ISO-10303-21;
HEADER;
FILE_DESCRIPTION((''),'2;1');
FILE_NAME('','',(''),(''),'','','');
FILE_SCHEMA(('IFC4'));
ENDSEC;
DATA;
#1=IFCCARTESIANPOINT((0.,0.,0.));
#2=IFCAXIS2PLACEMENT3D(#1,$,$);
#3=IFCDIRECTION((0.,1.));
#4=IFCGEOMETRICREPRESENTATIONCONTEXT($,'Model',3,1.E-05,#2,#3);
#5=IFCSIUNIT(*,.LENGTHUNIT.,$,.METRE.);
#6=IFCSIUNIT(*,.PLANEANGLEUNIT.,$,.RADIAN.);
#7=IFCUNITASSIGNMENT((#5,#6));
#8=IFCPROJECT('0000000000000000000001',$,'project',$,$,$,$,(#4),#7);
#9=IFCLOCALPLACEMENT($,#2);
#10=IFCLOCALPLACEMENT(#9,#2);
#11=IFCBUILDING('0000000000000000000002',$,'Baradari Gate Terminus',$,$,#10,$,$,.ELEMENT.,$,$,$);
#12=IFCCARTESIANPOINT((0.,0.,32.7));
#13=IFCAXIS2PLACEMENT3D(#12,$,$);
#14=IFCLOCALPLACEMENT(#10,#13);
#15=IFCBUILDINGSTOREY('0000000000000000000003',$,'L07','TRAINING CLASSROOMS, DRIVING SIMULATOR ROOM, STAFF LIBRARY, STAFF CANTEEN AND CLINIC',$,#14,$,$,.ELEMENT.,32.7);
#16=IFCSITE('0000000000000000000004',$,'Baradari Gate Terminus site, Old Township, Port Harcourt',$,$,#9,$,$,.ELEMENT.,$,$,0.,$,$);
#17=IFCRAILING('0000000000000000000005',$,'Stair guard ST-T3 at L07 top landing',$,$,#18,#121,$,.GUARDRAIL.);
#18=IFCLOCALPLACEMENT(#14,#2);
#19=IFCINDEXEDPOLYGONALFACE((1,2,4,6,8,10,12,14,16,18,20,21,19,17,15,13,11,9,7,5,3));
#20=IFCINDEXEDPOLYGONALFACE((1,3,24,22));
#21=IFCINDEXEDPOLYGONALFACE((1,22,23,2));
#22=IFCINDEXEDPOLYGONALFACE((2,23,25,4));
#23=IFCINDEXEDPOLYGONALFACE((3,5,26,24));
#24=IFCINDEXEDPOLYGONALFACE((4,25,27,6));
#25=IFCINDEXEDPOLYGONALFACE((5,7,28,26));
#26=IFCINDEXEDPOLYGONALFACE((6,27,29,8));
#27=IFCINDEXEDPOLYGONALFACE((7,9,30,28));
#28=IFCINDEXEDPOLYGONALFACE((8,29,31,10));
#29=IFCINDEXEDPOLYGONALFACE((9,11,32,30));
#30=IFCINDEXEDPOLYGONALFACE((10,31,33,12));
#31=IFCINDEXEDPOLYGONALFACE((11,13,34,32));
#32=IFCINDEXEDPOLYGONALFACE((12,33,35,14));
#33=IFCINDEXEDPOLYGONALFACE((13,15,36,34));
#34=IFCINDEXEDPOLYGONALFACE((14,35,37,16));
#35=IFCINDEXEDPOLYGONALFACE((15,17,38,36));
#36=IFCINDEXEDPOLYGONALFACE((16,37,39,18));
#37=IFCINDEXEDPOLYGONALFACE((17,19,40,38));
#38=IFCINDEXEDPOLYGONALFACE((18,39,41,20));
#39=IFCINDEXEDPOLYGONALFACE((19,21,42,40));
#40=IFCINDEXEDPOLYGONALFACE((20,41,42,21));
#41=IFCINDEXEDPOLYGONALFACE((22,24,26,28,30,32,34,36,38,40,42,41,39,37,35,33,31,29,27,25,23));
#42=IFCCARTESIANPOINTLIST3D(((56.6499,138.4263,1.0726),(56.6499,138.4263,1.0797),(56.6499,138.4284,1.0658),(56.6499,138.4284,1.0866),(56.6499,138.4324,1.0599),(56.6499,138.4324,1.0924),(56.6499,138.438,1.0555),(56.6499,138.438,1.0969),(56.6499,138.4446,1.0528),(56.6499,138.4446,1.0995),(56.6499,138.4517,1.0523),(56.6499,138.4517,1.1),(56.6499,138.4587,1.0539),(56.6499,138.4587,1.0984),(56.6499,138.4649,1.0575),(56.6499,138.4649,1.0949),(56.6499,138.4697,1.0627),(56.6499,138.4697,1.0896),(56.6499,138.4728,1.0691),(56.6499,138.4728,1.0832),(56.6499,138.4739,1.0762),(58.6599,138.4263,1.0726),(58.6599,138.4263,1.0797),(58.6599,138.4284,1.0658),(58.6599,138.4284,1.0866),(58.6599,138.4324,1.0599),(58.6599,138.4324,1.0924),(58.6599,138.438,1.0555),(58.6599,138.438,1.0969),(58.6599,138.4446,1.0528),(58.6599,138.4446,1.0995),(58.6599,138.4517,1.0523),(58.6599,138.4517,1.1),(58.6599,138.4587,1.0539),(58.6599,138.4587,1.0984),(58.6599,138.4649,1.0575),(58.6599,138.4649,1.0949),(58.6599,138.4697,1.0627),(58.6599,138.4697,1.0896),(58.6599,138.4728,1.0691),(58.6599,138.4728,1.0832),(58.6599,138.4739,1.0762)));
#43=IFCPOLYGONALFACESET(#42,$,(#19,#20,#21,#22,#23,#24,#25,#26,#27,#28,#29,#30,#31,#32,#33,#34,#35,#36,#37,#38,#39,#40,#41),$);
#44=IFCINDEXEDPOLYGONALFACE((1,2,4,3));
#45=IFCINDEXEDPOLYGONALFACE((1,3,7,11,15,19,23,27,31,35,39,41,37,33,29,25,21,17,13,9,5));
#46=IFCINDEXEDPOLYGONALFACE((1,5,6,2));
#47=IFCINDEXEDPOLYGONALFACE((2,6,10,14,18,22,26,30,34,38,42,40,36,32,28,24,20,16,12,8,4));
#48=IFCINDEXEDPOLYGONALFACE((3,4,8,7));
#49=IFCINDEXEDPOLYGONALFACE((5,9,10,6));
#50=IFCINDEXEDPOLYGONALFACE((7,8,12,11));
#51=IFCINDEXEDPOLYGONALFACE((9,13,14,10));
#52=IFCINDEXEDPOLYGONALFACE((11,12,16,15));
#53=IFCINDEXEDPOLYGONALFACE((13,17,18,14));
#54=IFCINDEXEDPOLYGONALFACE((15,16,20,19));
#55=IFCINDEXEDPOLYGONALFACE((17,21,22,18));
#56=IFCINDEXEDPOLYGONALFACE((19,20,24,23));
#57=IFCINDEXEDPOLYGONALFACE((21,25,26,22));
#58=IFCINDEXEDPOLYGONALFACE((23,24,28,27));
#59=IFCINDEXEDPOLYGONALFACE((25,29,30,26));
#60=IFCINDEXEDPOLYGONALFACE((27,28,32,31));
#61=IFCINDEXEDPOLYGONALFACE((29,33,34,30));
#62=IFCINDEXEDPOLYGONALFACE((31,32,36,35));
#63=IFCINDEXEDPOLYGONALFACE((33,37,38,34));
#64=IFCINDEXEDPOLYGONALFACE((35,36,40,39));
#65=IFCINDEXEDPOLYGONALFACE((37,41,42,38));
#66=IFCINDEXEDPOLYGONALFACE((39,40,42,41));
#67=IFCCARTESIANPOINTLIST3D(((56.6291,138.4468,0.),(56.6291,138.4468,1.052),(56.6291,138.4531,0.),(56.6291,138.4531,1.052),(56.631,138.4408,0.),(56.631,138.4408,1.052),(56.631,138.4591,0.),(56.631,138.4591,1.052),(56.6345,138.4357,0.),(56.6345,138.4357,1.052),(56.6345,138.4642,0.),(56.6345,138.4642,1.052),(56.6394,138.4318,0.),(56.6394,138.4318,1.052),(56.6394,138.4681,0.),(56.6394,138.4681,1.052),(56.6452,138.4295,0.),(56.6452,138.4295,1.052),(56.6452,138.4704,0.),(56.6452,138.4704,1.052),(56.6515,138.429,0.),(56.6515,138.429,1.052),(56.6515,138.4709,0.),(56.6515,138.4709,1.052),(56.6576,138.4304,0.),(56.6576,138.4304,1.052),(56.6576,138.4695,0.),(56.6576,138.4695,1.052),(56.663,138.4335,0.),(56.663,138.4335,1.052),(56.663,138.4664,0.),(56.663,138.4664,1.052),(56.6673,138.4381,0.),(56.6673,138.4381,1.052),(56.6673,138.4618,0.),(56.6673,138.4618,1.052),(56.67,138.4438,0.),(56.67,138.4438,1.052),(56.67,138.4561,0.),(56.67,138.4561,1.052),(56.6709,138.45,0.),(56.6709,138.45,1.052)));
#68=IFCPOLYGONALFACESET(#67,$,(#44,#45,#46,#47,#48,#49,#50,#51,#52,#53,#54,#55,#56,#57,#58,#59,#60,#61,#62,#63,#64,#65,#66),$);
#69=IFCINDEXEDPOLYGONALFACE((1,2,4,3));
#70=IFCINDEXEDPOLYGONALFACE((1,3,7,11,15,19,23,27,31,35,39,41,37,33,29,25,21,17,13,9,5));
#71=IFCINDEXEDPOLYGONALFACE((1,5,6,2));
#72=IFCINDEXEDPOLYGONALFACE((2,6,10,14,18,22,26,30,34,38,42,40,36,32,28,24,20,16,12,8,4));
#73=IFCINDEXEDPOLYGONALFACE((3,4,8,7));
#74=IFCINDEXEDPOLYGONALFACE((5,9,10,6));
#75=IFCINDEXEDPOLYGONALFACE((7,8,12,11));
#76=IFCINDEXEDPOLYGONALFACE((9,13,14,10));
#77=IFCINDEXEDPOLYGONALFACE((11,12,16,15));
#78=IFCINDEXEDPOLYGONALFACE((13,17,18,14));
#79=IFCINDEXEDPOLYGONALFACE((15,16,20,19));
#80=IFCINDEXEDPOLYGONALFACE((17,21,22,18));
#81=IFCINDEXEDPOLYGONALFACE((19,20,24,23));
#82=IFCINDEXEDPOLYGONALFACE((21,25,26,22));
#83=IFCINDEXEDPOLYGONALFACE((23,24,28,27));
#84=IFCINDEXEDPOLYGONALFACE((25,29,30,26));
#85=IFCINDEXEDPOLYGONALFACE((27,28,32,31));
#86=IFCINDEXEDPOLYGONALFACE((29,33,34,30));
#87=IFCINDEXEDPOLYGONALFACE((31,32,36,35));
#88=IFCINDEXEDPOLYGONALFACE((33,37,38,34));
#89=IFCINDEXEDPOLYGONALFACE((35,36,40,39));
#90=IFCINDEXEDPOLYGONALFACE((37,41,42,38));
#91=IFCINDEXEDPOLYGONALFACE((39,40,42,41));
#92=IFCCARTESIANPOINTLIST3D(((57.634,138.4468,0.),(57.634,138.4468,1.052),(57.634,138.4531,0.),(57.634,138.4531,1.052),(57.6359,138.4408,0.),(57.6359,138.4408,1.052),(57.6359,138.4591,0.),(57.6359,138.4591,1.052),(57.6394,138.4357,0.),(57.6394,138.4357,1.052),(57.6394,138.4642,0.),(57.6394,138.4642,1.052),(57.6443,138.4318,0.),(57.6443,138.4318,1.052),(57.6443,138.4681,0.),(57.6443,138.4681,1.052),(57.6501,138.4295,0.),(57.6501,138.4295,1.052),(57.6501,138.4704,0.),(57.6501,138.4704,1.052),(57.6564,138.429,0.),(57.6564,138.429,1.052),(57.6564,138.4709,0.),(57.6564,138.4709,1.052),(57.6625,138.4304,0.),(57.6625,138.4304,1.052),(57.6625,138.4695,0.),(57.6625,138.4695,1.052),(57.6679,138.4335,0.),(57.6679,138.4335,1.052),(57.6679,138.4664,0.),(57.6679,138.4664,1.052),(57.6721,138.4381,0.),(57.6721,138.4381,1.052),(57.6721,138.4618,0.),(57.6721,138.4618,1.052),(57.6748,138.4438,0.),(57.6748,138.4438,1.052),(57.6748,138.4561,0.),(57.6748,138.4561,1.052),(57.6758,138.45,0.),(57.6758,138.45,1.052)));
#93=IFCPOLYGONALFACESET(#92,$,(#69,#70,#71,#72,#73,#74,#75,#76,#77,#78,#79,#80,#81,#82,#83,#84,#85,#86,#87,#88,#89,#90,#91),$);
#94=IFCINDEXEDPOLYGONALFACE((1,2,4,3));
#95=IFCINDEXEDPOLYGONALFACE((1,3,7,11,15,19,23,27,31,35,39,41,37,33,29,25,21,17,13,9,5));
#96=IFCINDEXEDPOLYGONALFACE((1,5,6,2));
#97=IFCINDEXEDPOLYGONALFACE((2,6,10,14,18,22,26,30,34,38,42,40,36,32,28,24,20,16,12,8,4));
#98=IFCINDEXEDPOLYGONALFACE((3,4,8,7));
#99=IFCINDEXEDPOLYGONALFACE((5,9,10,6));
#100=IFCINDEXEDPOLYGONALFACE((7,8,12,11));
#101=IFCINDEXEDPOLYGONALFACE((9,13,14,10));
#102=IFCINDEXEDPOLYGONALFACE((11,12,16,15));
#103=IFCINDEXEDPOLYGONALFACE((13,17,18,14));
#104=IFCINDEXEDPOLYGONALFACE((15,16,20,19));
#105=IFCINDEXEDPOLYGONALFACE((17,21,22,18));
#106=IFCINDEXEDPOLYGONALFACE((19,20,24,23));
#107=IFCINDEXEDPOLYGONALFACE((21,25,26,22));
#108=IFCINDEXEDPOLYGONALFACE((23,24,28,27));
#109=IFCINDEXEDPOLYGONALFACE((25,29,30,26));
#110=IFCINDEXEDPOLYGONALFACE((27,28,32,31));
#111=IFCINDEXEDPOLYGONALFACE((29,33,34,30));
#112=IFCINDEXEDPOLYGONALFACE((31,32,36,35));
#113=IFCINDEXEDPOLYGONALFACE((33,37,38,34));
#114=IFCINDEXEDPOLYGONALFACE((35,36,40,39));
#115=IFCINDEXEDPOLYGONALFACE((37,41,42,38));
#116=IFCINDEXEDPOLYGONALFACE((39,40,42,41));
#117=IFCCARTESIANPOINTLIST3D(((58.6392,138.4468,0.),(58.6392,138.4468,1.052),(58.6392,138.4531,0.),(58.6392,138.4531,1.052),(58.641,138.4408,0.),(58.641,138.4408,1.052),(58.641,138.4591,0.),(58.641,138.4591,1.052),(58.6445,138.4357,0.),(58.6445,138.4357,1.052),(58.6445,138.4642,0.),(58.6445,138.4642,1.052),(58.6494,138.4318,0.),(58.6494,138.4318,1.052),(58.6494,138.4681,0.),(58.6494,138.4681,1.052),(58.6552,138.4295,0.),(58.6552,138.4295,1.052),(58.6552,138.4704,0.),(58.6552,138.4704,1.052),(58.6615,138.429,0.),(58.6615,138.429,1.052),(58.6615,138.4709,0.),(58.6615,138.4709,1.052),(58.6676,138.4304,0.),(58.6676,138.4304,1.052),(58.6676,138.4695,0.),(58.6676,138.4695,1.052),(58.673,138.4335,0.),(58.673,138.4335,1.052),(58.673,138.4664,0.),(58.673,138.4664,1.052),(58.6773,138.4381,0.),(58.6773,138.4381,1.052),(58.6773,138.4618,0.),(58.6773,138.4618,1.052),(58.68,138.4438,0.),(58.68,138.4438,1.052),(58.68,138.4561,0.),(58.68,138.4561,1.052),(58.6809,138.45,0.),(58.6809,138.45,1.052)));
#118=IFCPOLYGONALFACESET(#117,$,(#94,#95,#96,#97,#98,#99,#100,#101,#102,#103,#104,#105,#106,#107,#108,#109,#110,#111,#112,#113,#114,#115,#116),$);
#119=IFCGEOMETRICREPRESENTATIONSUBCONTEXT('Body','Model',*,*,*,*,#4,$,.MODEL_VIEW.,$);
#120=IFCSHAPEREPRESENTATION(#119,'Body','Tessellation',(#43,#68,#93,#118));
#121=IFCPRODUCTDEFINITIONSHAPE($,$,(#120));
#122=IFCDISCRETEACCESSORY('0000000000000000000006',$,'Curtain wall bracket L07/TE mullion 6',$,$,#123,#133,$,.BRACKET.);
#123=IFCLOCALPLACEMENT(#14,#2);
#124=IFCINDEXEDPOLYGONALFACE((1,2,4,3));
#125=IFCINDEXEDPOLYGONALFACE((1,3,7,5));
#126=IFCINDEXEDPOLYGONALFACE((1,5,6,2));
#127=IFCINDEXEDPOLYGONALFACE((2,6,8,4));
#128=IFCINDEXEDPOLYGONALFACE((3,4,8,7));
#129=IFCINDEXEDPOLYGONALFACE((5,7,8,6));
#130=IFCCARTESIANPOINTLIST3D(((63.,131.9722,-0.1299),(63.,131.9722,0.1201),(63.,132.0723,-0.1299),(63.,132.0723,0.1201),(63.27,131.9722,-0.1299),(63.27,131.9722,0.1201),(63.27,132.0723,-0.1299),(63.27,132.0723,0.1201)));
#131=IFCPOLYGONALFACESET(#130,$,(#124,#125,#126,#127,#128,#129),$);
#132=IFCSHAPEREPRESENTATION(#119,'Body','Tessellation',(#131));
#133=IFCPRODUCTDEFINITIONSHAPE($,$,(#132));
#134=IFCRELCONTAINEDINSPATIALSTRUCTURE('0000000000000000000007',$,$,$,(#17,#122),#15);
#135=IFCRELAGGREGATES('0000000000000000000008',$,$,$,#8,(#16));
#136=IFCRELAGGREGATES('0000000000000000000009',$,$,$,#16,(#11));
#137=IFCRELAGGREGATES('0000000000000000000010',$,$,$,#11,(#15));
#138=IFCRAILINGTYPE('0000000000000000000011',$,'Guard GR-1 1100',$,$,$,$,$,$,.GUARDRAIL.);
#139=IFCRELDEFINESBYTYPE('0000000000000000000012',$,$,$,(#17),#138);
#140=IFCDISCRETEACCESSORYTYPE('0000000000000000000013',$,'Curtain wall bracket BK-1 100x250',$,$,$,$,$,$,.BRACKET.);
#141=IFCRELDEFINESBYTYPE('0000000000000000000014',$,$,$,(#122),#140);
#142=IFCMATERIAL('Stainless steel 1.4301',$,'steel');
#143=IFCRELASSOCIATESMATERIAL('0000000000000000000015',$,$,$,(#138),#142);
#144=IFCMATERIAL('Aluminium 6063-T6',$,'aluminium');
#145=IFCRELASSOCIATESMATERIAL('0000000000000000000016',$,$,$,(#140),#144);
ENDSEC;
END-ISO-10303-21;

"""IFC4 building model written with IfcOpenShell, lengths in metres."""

from ifc_helpers import new_model, si_unit, direction, frame, origin, origin_2d, place, context, subcontext, project, spatial, rectangle, circle, extrude, material, type_object, element, save


model = new_model("IFC4")

# Units and contexts
model_context = context("Model", 3, precision=1e-05, world=origin(), true_north=direction((0.0, 1.0)))
body_context = subcontext(model_context, "Body", "Model", "MODEL_VIEW")
ifc_project = project(units=[si_unit("LENGTHUNIT", "METRE"), si_unit("PLANEANGLEUNIT", "RADIAN")], contexts=[model_context])

# Site, building, storey
site_placement = place(None, origin())
site = spatial("IfcSite", under=ifc_project, at=site_placement, Name="Baradari Gate Terminus site, Old Township, Port Harcourt", CompositionType="ELEMENT", RefElevation=0.0)
building_placement = place(site_placement, origin())
building = spatial("IfcBuilding", under=site, at=building_placement, Name="Baradari Gate Terminus", CompositionType="ELEMENT")
storey_placement = place(building_placement, frame((0.0, 0.0, 32.7)))
storey = spatial("IfcBuildingStorey", under=building, at=storey_placement, Name="L07", Description="TRAINING CLASSROOMS, DRIVING SIMULATOR ROOM, STAFF LIBRARY, STAFF CANTEEN AND CLINIC", CompositionType="ELEMENT", Elevation=32.7)

# Railing
ifc_material_1 = material(Name="Stainless steel 1.4301", Category="steel")
railing_type = type_object("IfcRailingType", Name="Guard GR-1 1100", PredefinedType="GUARDRAIL", material=ifc_material_1)
railing_placement = place(storey_placement, frame((56.6499, 138.45, 0.0)))
element("IfcRailing", 1, at=railing_placement, inside=storey, type_object=railing_type, Name="Stair guard ST-T3 at L07 top landing", PredefinedType="GUARDRAIL", context=body_context, shape_type="SweptSolid", body=[
    extrude(circle(Radius=0.0239, at=origin_2d()), frame((0.0, 0.0, 1.0762), z_axis=(1.0, 0.0, 0.0), x_axis=(0.0, 1.0, 0.0)), (0.0, 0.0, 1.0), 2.01),
    extrude(circle(Radius=0.021, at=origin_2d()), origin(), (0.0, 0.0, 1.0), 1.052),
    extrude(circle(Radius=0.021, at=origin_2d()), frame((1.0049, 0.0, 0.0)), (0.0, 0.0, 1.0), 1.052),
    extrude(circle(Radius=0.021, at=origin_2d()), frame((2.01, 0.0, 0.0)), (0.0, 0.0, 1.0), 1.052),
])

# Discrete accessory
ifc_material_2 = material(Name="Aluminium 6063-T6", Category="aluminium")
discrete_accessory_type = type_object("IfcDiscreteAccessoryType", Name="Curtain wall bracket BK-1 100x250", PredefinedType="BRACKET", material=ifc_material_2)
discrete_accessory_placement = place(storey_placement, frame((63.135, 132.0222, -0.1299), z_axis=(0.0, 0.0, 1.0), x_axis=(1.0, 0.0, 0.0)))
element("IfcDiscreteAccessory", 2, at=discrete_accessory_placement, inside=storey, type_object=discrete_accessory_type, Name="Curtain wall bracket L07/TE mullion 6", PredefinedType="BRACKET", context=body_context, shape_type="SweptSolid", body=[
    extrude(rectangle(XDim=0.27, YDim=0.1001, at=origin_2d()), origin(), (0.0, 0.0, 1.0), 0.25),
])

save(model, "model.ifc")
